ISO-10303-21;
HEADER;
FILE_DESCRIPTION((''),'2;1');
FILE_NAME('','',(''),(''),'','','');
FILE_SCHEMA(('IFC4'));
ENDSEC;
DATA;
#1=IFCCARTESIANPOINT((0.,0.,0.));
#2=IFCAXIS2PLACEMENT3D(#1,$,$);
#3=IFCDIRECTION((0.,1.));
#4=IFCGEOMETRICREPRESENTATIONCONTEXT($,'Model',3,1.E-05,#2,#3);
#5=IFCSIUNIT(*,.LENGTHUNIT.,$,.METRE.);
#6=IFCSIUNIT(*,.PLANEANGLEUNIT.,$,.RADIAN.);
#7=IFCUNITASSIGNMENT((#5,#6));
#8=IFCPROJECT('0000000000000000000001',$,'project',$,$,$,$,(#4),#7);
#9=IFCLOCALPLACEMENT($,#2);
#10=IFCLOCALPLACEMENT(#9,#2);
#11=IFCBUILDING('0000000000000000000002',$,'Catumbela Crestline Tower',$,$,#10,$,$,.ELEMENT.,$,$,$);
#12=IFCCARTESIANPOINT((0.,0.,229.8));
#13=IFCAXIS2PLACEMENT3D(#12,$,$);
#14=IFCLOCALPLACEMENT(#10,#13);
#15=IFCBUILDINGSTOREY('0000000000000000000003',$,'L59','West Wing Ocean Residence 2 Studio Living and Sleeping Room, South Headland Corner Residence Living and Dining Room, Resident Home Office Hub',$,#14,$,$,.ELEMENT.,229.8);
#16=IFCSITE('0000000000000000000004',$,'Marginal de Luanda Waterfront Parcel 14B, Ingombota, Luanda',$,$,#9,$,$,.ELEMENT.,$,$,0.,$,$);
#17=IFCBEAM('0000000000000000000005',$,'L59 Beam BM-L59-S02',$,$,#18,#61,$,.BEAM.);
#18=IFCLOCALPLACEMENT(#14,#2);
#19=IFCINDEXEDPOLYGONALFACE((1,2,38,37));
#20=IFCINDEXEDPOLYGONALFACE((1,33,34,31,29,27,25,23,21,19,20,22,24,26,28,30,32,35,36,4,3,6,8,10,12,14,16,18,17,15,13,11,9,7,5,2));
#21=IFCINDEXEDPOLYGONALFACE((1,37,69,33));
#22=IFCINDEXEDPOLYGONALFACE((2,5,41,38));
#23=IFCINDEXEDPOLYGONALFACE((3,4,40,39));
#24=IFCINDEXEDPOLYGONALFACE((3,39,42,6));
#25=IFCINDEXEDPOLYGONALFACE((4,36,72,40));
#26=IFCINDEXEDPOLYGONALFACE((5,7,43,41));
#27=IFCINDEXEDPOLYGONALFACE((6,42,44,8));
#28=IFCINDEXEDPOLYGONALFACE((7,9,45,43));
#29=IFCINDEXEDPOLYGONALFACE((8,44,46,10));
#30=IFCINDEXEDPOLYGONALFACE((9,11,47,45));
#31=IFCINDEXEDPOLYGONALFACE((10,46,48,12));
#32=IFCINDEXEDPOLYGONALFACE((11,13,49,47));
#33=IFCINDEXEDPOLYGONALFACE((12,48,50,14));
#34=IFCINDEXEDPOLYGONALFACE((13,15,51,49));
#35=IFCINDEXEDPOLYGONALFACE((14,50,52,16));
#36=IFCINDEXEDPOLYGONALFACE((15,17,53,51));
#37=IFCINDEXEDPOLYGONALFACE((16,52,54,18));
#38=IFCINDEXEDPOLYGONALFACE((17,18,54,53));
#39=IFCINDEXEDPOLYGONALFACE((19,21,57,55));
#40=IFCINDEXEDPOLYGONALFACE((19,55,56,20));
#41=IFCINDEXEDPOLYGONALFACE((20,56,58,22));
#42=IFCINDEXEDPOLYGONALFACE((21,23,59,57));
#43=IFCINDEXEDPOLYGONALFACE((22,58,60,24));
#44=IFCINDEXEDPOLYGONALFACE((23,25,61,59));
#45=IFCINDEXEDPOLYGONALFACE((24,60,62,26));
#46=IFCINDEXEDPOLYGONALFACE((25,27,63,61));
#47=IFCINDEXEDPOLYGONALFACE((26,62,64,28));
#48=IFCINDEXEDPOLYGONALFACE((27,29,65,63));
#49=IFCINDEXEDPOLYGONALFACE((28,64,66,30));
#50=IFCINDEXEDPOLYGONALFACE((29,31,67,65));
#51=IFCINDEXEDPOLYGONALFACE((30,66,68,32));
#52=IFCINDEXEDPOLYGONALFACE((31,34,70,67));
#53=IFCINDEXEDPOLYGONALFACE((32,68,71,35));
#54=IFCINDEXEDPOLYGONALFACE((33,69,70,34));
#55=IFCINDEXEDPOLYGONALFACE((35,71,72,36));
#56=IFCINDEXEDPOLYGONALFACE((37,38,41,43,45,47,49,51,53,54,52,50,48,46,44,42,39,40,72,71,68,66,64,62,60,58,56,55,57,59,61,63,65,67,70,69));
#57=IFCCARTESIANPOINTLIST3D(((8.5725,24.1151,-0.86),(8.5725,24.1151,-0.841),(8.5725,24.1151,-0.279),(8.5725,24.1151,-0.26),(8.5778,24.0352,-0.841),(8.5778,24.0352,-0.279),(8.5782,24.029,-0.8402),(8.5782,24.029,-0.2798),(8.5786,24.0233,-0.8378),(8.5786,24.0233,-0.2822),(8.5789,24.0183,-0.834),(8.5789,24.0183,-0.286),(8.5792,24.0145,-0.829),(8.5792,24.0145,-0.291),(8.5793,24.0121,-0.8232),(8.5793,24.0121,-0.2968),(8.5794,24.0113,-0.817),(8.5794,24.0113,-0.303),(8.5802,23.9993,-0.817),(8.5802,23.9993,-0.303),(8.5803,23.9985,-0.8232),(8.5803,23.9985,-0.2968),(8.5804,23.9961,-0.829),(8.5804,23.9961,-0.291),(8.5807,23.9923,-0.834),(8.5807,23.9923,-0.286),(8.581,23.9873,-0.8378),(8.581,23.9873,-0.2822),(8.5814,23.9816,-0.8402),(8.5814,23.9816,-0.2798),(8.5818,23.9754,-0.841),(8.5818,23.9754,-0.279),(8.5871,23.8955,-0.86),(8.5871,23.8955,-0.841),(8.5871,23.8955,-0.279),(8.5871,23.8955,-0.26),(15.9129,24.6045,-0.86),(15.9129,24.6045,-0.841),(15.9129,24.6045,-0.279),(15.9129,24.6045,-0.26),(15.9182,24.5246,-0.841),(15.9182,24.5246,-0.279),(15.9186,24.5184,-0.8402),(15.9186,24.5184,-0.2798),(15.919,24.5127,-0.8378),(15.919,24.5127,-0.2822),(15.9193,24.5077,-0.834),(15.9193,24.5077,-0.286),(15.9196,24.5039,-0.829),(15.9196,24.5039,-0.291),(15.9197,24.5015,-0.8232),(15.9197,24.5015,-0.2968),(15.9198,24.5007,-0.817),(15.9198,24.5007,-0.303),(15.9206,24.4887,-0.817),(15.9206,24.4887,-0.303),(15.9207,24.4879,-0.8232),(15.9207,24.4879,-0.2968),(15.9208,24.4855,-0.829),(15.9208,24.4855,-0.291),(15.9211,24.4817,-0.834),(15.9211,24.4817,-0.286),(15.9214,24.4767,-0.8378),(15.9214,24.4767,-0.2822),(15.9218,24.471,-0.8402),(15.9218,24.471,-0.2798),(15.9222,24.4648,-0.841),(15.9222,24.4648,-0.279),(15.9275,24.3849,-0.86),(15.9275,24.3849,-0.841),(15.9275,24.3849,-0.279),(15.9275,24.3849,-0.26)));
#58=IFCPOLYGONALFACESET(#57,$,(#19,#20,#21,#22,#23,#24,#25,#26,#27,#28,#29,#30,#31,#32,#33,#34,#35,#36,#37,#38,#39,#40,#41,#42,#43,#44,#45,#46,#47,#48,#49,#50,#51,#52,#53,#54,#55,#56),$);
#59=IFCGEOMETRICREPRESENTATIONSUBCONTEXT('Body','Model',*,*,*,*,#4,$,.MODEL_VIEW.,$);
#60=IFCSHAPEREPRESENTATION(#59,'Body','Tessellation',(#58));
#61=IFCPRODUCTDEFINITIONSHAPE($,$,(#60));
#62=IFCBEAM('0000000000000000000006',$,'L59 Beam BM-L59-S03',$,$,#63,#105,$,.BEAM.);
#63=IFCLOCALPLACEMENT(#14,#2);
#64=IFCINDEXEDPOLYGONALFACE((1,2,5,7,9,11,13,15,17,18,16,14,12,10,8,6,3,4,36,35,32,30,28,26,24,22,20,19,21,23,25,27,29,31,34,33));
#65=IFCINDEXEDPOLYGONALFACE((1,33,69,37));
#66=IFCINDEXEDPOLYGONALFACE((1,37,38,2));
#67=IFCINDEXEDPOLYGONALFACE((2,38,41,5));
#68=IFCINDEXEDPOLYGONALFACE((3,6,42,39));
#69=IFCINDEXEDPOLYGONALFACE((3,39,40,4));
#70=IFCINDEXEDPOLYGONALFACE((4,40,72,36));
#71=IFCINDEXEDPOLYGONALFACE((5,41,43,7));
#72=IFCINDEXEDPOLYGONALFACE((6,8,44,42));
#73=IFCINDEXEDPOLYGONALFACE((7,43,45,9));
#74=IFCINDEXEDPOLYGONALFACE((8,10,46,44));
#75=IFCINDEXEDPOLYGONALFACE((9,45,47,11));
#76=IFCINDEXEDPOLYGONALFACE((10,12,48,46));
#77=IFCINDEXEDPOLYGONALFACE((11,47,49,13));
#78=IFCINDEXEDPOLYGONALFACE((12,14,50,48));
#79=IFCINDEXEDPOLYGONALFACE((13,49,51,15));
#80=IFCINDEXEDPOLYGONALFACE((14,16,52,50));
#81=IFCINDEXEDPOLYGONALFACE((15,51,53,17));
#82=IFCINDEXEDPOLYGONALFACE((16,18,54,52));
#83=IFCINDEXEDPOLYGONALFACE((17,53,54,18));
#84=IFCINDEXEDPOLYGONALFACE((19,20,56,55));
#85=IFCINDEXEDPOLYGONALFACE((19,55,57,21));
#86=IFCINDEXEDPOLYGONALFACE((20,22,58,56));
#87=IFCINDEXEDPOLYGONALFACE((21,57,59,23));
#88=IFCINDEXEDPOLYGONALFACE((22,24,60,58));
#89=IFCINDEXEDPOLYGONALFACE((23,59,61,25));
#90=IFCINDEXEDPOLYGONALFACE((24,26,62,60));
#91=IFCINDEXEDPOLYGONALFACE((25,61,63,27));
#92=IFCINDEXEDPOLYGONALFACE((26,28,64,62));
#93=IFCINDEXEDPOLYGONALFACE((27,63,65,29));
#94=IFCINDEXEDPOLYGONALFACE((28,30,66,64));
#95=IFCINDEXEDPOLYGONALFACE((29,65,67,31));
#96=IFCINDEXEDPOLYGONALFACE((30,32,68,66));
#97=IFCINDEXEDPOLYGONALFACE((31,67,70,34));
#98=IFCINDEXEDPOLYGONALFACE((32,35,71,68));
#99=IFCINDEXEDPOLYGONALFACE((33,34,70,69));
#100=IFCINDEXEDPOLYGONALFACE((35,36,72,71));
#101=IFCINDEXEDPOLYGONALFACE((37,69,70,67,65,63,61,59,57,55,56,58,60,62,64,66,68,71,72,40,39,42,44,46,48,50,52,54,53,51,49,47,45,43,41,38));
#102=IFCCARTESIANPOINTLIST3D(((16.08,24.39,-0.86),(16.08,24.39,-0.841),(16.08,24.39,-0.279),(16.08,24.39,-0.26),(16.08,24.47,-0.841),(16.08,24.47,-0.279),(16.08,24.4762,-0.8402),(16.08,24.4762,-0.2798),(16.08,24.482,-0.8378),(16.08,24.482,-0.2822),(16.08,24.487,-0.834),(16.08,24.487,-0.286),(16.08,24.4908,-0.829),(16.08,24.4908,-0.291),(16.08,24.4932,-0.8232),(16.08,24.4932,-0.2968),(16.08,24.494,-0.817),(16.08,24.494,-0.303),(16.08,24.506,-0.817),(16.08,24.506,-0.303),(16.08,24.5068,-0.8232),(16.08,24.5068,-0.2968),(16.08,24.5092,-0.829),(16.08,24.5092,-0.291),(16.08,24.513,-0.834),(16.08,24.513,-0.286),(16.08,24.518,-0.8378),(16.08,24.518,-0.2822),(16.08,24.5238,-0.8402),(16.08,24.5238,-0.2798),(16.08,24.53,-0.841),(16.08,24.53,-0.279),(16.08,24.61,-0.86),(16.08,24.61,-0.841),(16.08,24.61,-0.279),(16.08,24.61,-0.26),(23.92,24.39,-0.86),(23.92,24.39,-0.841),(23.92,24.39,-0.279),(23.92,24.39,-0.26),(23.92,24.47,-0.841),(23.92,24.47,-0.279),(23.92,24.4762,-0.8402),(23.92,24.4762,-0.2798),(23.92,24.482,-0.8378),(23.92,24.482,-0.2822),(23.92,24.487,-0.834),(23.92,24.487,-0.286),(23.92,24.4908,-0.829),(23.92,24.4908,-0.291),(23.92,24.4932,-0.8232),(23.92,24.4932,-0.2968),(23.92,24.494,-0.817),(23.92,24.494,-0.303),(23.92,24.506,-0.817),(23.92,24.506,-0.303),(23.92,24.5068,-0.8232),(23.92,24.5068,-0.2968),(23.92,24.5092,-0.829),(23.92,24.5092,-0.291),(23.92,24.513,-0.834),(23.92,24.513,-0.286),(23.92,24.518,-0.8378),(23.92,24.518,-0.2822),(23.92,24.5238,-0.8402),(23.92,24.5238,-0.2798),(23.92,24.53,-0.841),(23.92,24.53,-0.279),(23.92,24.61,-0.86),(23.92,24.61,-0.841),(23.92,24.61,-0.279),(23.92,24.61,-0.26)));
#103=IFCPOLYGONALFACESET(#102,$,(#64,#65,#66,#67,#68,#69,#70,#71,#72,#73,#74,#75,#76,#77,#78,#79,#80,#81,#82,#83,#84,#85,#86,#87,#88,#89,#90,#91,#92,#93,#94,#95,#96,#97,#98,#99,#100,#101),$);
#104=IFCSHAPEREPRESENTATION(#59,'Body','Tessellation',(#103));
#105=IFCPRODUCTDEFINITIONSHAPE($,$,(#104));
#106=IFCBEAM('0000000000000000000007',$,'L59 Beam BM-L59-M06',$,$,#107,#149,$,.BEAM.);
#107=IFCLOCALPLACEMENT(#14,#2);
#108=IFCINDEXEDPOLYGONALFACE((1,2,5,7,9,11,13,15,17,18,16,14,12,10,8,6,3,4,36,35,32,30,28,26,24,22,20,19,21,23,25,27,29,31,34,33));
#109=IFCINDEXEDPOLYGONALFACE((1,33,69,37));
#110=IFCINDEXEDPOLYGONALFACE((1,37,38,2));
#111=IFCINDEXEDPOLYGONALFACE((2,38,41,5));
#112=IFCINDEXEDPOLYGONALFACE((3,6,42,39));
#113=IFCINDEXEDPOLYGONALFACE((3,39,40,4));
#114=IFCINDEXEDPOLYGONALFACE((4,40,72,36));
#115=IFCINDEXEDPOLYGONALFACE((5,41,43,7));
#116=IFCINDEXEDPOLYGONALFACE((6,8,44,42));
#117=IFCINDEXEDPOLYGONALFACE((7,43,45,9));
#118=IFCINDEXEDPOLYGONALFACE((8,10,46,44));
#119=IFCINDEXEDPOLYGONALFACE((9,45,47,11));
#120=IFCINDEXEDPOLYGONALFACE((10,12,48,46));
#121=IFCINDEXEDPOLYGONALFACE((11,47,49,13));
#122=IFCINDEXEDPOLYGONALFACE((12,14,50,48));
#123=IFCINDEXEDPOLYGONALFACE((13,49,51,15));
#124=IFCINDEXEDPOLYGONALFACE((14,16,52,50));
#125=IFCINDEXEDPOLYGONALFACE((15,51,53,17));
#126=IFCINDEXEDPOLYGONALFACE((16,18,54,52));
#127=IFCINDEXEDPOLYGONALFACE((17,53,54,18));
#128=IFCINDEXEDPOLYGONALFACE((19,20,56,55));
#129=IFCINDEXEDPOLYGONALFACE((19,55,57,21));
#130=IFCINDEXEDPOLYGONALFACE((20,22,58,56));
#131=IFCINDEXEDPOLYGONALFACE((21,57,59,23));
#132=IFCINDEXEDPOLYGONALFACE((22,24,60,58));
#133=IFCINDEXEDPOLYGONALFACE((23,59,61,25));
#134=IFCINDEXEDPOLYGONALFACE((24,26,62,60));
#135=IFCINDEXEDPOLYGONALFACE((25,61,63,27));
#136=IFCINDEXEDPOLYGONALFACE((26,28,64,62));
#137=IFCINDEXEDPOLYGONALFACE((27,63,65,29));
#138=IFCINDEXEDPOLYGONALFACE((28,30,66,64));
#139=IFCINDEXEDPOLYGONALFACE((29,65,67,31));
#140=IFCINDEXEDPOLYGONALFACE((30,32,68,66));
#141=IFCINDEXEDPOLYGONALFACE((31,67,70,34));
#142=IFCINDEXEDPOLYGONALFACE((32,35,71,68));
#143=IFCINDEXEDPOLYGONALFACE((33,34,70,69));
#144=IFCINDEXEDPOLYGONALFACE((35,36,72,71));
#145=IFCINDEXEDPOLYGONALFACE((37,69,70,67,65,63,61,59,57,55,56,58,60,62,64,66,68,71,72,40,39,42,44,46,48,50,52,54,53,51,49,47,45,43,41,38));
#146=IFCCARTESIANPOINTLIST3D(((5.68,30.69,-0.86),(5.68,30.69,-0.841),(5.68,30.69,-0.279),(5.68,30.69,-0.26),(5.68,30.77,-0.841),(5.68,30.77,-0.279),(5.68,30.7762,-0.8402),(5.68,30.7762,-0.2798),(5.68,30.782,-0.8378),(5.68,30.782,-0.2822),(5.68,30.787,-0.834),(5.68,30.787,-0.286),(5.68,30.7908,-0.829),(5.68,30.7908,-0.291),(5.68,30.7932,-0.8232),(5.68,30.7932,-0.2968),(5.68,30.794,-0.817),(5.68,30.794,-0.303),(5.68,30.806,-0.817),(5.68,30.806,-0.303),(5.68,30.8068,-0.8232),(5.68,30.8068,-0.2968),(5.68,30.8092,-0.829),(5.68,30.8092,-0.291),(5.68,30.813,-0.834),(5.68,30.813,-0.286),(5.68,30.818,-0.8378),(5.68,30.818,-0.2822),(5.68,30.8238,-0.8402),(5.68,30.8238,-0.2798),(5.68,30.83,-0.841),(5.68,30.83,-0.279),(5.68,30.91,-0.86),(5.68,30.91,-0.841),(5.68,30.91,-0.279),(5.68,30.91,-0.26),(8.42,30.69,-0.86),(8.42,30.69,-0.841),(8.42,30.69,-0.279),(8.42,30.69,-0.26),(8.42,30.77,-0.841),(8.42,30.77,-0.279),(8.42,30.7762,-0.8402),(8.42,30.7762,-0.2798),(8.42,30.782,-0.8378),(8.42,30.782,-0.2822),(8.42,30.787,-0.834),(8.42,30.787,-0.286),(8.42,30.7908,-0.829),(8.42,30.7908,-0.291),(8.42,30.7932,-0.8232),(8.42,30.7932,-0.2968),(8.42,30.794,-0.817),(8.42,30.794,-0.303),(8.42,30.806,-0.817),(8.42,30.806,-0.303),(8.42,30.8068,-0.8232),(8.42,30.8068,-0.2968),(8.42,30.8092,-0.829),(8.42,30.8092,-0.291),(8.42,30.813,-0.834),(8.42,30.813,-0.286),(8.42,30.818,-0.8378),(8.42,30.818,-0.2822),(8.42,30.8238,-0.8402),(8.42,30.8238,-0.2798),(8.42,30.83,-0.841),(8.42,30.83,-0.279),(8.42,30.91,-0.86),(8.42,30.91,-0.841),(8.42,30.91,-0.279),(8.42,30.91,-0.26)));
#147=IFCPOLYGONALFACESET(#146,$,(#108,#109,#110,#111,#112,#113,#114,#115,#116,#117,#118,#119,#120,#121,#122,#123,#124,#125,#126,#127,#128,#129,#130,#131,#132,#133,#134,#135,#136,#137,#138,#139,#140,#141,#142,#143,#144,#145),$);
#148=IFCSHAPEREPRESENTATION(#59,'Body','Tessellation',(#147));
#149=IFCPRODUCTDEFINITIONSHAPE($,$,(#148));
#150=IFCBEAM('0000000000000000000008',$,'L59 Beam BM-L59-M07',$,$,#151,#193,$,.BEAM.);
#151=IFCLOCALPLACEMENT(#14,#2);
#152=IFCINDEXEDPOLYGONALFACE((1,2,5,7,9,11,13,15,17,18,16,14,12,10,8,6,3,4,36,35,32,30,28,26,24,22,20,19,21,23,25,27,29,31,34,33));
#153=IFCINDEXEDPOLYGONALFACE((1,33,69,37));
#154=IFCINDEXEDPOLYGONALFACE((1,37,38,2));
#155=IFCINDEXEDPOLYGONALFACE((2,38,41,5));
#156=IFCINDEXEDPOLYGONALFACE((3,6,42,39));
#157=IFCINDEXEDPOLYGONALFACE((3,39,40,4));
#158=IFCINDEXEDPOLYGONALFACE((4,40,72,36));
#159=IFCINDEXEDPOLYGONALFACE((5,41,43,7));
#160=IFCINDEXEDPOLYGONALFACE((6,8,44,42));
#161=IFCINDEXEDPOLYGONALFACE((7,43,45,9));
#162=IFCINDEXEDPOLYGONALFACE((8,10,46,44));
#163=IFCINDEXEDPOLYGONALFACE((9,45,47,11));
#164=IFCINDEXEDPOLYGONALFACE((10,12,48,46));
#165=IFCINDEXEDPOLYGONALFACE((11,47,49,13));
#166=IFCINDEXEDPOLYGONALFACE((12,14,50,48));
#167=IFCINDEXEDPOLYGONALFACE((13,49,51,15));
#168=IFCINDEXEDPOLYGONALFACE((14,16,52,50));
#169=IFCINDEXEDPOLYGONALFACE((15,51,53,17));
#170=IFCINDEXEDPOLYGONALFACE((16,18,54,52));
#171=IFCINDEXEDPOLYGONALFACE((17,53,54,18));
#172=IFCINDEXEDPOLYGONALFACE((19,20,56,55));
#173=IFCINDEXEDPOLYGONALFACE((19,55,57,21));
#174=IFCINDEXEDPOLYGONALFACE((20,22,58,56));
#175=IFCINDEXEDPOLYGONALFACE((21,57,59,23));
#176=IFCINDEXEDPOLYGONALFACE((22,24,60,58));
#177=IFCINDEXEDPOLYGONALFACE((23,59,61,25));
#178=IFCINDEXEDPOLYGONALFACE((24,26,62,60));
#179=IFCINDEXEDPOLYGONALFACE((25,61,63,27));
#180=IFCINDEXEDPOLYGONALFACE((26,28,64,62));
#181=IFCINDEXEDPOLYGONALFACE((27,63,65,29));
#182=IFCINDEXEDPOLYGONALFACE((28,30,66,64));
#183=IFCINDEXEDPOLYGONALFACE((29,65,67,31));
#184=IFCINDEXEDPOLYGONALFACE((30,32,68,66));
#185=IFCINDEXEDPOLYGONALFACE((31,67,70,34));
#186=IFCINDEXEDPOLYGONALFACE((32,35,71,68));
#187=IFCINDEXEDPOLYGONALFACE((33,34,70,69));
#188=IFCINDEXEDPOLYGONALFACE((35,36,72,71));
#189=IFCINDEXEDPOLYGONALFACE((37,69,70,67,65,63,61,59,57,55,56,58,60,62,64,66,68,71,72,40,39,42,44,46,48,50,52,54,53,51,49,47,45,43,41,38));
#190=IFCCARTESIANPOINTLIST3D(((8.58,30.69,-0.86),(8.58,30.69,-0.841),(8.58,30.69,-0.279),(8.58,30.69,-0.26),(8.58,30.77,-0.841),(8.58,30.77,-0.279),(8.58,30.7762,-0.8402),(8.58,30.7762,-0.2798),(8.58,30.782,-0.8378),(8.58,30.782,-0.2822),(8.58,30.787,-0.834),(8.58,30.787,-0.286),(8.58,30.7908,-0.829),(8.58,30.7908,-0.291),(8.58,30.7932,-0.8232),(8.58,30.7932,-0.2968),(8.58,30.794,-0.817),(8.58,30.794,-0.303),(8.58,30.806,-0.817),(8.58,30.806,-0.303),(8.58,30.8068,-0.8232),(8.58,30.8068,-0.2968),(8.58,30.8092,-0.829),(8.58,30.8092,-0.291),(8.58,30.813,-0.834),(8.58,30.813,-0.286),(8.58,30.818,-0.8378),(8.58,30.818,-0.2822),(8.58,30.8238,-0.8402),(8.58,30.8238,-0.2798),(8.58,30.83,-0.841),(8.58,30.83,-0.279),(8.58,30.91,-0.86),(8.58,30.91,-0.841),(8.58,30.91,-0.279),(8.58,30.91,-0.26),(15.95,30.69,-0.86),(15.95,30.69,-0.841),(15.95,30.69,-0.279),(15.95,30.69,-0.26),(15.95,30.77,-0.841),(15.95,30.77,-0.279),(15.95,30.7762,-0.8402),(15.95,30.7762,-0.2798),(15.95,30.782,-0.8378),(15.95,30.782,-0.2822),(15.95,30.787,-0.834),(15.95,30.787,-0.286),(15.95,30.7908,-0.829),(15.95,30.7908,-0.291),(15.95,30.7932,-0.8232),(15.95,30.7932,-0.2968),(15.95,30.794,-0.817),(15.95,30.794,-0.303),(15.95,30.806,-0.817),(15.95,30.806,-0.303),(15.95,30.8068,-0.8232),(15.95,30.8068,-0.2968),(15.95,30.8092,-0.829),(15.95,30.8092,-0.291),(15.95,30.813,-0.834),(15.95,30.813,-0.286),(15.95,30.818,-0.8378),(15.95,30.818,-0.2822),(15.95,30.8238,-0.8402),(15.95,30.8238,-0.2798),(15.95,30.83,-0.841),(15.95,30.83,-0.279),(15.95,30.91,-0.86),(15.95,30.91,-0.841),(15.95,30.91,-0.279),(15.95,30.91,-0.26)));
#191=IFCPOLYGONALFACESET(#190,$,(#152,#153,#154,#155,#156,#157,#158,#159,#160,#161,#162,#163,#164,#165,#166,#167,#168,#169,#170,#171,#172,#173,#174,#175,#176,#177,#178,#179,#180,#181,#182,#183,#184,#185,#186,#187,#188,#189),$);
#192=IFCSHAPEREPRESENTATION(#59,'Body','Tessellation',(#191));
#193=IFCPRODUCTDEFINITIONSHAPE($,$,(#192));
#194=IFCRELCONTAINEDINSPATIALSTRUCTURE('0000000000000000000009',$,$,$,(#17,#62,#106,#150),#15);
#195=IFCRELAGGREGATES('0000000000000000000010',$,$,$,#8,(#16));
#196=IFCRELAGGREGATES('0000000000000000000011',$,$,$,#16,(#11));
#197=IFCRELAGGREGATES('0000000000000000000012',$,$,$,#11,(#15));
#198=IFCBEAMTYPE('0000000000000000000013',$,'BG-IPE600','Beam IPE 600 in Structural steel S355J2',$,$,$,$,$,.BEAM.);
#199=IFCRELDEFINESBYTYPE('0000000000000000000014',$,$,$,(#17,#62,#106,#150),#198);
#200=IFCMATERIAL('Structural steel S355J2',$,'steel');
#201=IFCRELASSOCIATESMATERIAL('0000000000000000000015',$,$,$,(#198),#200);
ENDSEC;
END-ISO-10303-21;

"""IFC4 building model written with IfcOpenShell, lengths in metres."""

from ifc_helpers import new_model, si_unit, direction, frame, origin, origin_2d, place, context, subcontext, project, spatial, i_section, extrude, material, material_profile, profile_set, type_object, element, save


model = new_model("IFC4")

# Units and contexts
model_context = context("Model", 3, precision=1e-05, world=origin(), true_north=direction((0.0, 1.0)))
body_context = subcontext(model_context, "Body", "Model", "MODEL_VIEW")
ifc_project = project(units=[si_unit("LENGTHUNIT", "METRE"), si_unit("PLANEANGLEUNIT", "RADIAN")], contexts=[model_context])

# Site, building, storey
site_placement = place(None, origin())
site = spatial("IfcSite", under=ifc_project, at=site_placement, Name="Marginal de Luanda Waterfront Parcel 14B, Ingombota, Luanda", CompositionType="ELEMENT", RefElevation=0.0)
building_placement = place(site_placement, origin())
building = spatial("IfcBuilding", under=site, at=building_placement, Name="Catumbela Crestline Tower", CompositionType="ELEMENT")
storey_placement = place(building_placement, frame((0.0, 0.0, 229.8)))
storey = spatial("IfcBuildingStorey", under=building, at=storey_placement, Name="L59", Description="West Wing Ocean Residence 2 Studio Living and Sleeping Room, South Headland Corner Residence Living and Dining Room, Resident Home Office Hub", CompositionType="ELEMENT", Elevation=229.8)

# Shared definitions
ifc_material_1 = material(Name="Structural steel S355J2", Category="steel")

# Beams
ifc_material_profile_1 = material_profile(ifc_material_1, i_section(OverallWidth=0.22, OverallDepth=0.6, WebThickness=0.012, FlangeThickness=0.019, FilletRadius=0.024, at=origin_2d()), Name="IPE 600")
ifc_profile_set_1 = profile_set([ifc_material_profile_1], Name="Structural steel S355J2")
beam_type = type_object("IfcBeamType", Name="BG-IPE600", Description="Beam IPE 600 in Structural steel S355J2", PredefinedType="BEAM", material=ifc_profile_set_1)
beam_1_placement = place(storey_placement, frame((8.5798, 24.0053, -0.56), z_axis=(0.997785, 0.066524, 0.0), x_axis=(-0.066524, 0.997785, 0.0)))
element("IfcBeam", 1, at=beam_1_placement, inside=storey, type_object=beam_type, Name="L59 Beam BM-L59-S02", PredefinedType="BEAM", context=body_context, shape_type="SweptSolid", body=[
    extrude(i_section(OverallWidth=0.22, OverallDepth=0.6, WebThickness=0.012, FlangeThickness=0.019, FilletRadius=0.024, at=origin_2d()), origin(), (0.0, 0.0, 1.0), 7.3567),
])
beam_2_placement = place(storey_placement, frame((16.08, 24.5, -0.56), z_axis=(1.0, 0.0, 0.0), x_axis=(0.0, 1.0, 0.0)))
element("IfcBeam", 2, at=beam_2_placement, inside=storey, type_object=beam_type, Name="L59 Beam BM-L59-S03", PredefinedType="BEAM", context=body_context, shape_type="SweptSolid", body=[
    extrude(i_section(OverallWidth=0.22, OverallDepth=0.6, WebThickness=0.012, FlangeThickness=0.019, FilletRadius=0.024, at=origin_2d()), origin(), (0.0, 0.0, 1.0), 7.84),
])
beam_3_placement = place(storey_placement, frame((5.68, 30.8, -0.56), z_axis=(1.0, 0.0, 0.0), x_axis=(0.0, 1.0, 0.0)))
element("IfcBeam", 3, at=beam_3_placement, inside=storey, type_object=beam_type, Name="L59 Beam BM-L59-M06", PredefinedType="BEAM", context=body_context, shape_type="SweptSolid", body=[
    extrude(i_section(OverallWidth=0.22, OverallDepth=0.6, WebThickness=0.012, FlangeThickness=0.019, FilletRadius=0.024, at=origin_2d()), origin(), (0.0, 0.0, 1.0), 2.74),
])
beam_4_placement = place(storey_placement, frame((8.58, 30.8, -0.56), z_axis=(1.0, 0.0, 0.0), x_axis=(0.0, 1.0, 0.0)))
element("IfcBeam", 4, at=beam_4_placement, inside=storey, type_object=beam_type, Name="L59 Beam BM-L59-M07", PredefinedType="BEAM", context=body_context, shape_type="SweptSolid", body=[
    extrude(i_section(OverallWidth=0.22, OverallDepth=0.6, WebThickness=0.012, FlangeThickness=0.019, FilletRadius=0.024, at=origin_2d()), origin(), (0.0, 0.0, 1.0), 7.37),
])

save(model, "model.ifc")
